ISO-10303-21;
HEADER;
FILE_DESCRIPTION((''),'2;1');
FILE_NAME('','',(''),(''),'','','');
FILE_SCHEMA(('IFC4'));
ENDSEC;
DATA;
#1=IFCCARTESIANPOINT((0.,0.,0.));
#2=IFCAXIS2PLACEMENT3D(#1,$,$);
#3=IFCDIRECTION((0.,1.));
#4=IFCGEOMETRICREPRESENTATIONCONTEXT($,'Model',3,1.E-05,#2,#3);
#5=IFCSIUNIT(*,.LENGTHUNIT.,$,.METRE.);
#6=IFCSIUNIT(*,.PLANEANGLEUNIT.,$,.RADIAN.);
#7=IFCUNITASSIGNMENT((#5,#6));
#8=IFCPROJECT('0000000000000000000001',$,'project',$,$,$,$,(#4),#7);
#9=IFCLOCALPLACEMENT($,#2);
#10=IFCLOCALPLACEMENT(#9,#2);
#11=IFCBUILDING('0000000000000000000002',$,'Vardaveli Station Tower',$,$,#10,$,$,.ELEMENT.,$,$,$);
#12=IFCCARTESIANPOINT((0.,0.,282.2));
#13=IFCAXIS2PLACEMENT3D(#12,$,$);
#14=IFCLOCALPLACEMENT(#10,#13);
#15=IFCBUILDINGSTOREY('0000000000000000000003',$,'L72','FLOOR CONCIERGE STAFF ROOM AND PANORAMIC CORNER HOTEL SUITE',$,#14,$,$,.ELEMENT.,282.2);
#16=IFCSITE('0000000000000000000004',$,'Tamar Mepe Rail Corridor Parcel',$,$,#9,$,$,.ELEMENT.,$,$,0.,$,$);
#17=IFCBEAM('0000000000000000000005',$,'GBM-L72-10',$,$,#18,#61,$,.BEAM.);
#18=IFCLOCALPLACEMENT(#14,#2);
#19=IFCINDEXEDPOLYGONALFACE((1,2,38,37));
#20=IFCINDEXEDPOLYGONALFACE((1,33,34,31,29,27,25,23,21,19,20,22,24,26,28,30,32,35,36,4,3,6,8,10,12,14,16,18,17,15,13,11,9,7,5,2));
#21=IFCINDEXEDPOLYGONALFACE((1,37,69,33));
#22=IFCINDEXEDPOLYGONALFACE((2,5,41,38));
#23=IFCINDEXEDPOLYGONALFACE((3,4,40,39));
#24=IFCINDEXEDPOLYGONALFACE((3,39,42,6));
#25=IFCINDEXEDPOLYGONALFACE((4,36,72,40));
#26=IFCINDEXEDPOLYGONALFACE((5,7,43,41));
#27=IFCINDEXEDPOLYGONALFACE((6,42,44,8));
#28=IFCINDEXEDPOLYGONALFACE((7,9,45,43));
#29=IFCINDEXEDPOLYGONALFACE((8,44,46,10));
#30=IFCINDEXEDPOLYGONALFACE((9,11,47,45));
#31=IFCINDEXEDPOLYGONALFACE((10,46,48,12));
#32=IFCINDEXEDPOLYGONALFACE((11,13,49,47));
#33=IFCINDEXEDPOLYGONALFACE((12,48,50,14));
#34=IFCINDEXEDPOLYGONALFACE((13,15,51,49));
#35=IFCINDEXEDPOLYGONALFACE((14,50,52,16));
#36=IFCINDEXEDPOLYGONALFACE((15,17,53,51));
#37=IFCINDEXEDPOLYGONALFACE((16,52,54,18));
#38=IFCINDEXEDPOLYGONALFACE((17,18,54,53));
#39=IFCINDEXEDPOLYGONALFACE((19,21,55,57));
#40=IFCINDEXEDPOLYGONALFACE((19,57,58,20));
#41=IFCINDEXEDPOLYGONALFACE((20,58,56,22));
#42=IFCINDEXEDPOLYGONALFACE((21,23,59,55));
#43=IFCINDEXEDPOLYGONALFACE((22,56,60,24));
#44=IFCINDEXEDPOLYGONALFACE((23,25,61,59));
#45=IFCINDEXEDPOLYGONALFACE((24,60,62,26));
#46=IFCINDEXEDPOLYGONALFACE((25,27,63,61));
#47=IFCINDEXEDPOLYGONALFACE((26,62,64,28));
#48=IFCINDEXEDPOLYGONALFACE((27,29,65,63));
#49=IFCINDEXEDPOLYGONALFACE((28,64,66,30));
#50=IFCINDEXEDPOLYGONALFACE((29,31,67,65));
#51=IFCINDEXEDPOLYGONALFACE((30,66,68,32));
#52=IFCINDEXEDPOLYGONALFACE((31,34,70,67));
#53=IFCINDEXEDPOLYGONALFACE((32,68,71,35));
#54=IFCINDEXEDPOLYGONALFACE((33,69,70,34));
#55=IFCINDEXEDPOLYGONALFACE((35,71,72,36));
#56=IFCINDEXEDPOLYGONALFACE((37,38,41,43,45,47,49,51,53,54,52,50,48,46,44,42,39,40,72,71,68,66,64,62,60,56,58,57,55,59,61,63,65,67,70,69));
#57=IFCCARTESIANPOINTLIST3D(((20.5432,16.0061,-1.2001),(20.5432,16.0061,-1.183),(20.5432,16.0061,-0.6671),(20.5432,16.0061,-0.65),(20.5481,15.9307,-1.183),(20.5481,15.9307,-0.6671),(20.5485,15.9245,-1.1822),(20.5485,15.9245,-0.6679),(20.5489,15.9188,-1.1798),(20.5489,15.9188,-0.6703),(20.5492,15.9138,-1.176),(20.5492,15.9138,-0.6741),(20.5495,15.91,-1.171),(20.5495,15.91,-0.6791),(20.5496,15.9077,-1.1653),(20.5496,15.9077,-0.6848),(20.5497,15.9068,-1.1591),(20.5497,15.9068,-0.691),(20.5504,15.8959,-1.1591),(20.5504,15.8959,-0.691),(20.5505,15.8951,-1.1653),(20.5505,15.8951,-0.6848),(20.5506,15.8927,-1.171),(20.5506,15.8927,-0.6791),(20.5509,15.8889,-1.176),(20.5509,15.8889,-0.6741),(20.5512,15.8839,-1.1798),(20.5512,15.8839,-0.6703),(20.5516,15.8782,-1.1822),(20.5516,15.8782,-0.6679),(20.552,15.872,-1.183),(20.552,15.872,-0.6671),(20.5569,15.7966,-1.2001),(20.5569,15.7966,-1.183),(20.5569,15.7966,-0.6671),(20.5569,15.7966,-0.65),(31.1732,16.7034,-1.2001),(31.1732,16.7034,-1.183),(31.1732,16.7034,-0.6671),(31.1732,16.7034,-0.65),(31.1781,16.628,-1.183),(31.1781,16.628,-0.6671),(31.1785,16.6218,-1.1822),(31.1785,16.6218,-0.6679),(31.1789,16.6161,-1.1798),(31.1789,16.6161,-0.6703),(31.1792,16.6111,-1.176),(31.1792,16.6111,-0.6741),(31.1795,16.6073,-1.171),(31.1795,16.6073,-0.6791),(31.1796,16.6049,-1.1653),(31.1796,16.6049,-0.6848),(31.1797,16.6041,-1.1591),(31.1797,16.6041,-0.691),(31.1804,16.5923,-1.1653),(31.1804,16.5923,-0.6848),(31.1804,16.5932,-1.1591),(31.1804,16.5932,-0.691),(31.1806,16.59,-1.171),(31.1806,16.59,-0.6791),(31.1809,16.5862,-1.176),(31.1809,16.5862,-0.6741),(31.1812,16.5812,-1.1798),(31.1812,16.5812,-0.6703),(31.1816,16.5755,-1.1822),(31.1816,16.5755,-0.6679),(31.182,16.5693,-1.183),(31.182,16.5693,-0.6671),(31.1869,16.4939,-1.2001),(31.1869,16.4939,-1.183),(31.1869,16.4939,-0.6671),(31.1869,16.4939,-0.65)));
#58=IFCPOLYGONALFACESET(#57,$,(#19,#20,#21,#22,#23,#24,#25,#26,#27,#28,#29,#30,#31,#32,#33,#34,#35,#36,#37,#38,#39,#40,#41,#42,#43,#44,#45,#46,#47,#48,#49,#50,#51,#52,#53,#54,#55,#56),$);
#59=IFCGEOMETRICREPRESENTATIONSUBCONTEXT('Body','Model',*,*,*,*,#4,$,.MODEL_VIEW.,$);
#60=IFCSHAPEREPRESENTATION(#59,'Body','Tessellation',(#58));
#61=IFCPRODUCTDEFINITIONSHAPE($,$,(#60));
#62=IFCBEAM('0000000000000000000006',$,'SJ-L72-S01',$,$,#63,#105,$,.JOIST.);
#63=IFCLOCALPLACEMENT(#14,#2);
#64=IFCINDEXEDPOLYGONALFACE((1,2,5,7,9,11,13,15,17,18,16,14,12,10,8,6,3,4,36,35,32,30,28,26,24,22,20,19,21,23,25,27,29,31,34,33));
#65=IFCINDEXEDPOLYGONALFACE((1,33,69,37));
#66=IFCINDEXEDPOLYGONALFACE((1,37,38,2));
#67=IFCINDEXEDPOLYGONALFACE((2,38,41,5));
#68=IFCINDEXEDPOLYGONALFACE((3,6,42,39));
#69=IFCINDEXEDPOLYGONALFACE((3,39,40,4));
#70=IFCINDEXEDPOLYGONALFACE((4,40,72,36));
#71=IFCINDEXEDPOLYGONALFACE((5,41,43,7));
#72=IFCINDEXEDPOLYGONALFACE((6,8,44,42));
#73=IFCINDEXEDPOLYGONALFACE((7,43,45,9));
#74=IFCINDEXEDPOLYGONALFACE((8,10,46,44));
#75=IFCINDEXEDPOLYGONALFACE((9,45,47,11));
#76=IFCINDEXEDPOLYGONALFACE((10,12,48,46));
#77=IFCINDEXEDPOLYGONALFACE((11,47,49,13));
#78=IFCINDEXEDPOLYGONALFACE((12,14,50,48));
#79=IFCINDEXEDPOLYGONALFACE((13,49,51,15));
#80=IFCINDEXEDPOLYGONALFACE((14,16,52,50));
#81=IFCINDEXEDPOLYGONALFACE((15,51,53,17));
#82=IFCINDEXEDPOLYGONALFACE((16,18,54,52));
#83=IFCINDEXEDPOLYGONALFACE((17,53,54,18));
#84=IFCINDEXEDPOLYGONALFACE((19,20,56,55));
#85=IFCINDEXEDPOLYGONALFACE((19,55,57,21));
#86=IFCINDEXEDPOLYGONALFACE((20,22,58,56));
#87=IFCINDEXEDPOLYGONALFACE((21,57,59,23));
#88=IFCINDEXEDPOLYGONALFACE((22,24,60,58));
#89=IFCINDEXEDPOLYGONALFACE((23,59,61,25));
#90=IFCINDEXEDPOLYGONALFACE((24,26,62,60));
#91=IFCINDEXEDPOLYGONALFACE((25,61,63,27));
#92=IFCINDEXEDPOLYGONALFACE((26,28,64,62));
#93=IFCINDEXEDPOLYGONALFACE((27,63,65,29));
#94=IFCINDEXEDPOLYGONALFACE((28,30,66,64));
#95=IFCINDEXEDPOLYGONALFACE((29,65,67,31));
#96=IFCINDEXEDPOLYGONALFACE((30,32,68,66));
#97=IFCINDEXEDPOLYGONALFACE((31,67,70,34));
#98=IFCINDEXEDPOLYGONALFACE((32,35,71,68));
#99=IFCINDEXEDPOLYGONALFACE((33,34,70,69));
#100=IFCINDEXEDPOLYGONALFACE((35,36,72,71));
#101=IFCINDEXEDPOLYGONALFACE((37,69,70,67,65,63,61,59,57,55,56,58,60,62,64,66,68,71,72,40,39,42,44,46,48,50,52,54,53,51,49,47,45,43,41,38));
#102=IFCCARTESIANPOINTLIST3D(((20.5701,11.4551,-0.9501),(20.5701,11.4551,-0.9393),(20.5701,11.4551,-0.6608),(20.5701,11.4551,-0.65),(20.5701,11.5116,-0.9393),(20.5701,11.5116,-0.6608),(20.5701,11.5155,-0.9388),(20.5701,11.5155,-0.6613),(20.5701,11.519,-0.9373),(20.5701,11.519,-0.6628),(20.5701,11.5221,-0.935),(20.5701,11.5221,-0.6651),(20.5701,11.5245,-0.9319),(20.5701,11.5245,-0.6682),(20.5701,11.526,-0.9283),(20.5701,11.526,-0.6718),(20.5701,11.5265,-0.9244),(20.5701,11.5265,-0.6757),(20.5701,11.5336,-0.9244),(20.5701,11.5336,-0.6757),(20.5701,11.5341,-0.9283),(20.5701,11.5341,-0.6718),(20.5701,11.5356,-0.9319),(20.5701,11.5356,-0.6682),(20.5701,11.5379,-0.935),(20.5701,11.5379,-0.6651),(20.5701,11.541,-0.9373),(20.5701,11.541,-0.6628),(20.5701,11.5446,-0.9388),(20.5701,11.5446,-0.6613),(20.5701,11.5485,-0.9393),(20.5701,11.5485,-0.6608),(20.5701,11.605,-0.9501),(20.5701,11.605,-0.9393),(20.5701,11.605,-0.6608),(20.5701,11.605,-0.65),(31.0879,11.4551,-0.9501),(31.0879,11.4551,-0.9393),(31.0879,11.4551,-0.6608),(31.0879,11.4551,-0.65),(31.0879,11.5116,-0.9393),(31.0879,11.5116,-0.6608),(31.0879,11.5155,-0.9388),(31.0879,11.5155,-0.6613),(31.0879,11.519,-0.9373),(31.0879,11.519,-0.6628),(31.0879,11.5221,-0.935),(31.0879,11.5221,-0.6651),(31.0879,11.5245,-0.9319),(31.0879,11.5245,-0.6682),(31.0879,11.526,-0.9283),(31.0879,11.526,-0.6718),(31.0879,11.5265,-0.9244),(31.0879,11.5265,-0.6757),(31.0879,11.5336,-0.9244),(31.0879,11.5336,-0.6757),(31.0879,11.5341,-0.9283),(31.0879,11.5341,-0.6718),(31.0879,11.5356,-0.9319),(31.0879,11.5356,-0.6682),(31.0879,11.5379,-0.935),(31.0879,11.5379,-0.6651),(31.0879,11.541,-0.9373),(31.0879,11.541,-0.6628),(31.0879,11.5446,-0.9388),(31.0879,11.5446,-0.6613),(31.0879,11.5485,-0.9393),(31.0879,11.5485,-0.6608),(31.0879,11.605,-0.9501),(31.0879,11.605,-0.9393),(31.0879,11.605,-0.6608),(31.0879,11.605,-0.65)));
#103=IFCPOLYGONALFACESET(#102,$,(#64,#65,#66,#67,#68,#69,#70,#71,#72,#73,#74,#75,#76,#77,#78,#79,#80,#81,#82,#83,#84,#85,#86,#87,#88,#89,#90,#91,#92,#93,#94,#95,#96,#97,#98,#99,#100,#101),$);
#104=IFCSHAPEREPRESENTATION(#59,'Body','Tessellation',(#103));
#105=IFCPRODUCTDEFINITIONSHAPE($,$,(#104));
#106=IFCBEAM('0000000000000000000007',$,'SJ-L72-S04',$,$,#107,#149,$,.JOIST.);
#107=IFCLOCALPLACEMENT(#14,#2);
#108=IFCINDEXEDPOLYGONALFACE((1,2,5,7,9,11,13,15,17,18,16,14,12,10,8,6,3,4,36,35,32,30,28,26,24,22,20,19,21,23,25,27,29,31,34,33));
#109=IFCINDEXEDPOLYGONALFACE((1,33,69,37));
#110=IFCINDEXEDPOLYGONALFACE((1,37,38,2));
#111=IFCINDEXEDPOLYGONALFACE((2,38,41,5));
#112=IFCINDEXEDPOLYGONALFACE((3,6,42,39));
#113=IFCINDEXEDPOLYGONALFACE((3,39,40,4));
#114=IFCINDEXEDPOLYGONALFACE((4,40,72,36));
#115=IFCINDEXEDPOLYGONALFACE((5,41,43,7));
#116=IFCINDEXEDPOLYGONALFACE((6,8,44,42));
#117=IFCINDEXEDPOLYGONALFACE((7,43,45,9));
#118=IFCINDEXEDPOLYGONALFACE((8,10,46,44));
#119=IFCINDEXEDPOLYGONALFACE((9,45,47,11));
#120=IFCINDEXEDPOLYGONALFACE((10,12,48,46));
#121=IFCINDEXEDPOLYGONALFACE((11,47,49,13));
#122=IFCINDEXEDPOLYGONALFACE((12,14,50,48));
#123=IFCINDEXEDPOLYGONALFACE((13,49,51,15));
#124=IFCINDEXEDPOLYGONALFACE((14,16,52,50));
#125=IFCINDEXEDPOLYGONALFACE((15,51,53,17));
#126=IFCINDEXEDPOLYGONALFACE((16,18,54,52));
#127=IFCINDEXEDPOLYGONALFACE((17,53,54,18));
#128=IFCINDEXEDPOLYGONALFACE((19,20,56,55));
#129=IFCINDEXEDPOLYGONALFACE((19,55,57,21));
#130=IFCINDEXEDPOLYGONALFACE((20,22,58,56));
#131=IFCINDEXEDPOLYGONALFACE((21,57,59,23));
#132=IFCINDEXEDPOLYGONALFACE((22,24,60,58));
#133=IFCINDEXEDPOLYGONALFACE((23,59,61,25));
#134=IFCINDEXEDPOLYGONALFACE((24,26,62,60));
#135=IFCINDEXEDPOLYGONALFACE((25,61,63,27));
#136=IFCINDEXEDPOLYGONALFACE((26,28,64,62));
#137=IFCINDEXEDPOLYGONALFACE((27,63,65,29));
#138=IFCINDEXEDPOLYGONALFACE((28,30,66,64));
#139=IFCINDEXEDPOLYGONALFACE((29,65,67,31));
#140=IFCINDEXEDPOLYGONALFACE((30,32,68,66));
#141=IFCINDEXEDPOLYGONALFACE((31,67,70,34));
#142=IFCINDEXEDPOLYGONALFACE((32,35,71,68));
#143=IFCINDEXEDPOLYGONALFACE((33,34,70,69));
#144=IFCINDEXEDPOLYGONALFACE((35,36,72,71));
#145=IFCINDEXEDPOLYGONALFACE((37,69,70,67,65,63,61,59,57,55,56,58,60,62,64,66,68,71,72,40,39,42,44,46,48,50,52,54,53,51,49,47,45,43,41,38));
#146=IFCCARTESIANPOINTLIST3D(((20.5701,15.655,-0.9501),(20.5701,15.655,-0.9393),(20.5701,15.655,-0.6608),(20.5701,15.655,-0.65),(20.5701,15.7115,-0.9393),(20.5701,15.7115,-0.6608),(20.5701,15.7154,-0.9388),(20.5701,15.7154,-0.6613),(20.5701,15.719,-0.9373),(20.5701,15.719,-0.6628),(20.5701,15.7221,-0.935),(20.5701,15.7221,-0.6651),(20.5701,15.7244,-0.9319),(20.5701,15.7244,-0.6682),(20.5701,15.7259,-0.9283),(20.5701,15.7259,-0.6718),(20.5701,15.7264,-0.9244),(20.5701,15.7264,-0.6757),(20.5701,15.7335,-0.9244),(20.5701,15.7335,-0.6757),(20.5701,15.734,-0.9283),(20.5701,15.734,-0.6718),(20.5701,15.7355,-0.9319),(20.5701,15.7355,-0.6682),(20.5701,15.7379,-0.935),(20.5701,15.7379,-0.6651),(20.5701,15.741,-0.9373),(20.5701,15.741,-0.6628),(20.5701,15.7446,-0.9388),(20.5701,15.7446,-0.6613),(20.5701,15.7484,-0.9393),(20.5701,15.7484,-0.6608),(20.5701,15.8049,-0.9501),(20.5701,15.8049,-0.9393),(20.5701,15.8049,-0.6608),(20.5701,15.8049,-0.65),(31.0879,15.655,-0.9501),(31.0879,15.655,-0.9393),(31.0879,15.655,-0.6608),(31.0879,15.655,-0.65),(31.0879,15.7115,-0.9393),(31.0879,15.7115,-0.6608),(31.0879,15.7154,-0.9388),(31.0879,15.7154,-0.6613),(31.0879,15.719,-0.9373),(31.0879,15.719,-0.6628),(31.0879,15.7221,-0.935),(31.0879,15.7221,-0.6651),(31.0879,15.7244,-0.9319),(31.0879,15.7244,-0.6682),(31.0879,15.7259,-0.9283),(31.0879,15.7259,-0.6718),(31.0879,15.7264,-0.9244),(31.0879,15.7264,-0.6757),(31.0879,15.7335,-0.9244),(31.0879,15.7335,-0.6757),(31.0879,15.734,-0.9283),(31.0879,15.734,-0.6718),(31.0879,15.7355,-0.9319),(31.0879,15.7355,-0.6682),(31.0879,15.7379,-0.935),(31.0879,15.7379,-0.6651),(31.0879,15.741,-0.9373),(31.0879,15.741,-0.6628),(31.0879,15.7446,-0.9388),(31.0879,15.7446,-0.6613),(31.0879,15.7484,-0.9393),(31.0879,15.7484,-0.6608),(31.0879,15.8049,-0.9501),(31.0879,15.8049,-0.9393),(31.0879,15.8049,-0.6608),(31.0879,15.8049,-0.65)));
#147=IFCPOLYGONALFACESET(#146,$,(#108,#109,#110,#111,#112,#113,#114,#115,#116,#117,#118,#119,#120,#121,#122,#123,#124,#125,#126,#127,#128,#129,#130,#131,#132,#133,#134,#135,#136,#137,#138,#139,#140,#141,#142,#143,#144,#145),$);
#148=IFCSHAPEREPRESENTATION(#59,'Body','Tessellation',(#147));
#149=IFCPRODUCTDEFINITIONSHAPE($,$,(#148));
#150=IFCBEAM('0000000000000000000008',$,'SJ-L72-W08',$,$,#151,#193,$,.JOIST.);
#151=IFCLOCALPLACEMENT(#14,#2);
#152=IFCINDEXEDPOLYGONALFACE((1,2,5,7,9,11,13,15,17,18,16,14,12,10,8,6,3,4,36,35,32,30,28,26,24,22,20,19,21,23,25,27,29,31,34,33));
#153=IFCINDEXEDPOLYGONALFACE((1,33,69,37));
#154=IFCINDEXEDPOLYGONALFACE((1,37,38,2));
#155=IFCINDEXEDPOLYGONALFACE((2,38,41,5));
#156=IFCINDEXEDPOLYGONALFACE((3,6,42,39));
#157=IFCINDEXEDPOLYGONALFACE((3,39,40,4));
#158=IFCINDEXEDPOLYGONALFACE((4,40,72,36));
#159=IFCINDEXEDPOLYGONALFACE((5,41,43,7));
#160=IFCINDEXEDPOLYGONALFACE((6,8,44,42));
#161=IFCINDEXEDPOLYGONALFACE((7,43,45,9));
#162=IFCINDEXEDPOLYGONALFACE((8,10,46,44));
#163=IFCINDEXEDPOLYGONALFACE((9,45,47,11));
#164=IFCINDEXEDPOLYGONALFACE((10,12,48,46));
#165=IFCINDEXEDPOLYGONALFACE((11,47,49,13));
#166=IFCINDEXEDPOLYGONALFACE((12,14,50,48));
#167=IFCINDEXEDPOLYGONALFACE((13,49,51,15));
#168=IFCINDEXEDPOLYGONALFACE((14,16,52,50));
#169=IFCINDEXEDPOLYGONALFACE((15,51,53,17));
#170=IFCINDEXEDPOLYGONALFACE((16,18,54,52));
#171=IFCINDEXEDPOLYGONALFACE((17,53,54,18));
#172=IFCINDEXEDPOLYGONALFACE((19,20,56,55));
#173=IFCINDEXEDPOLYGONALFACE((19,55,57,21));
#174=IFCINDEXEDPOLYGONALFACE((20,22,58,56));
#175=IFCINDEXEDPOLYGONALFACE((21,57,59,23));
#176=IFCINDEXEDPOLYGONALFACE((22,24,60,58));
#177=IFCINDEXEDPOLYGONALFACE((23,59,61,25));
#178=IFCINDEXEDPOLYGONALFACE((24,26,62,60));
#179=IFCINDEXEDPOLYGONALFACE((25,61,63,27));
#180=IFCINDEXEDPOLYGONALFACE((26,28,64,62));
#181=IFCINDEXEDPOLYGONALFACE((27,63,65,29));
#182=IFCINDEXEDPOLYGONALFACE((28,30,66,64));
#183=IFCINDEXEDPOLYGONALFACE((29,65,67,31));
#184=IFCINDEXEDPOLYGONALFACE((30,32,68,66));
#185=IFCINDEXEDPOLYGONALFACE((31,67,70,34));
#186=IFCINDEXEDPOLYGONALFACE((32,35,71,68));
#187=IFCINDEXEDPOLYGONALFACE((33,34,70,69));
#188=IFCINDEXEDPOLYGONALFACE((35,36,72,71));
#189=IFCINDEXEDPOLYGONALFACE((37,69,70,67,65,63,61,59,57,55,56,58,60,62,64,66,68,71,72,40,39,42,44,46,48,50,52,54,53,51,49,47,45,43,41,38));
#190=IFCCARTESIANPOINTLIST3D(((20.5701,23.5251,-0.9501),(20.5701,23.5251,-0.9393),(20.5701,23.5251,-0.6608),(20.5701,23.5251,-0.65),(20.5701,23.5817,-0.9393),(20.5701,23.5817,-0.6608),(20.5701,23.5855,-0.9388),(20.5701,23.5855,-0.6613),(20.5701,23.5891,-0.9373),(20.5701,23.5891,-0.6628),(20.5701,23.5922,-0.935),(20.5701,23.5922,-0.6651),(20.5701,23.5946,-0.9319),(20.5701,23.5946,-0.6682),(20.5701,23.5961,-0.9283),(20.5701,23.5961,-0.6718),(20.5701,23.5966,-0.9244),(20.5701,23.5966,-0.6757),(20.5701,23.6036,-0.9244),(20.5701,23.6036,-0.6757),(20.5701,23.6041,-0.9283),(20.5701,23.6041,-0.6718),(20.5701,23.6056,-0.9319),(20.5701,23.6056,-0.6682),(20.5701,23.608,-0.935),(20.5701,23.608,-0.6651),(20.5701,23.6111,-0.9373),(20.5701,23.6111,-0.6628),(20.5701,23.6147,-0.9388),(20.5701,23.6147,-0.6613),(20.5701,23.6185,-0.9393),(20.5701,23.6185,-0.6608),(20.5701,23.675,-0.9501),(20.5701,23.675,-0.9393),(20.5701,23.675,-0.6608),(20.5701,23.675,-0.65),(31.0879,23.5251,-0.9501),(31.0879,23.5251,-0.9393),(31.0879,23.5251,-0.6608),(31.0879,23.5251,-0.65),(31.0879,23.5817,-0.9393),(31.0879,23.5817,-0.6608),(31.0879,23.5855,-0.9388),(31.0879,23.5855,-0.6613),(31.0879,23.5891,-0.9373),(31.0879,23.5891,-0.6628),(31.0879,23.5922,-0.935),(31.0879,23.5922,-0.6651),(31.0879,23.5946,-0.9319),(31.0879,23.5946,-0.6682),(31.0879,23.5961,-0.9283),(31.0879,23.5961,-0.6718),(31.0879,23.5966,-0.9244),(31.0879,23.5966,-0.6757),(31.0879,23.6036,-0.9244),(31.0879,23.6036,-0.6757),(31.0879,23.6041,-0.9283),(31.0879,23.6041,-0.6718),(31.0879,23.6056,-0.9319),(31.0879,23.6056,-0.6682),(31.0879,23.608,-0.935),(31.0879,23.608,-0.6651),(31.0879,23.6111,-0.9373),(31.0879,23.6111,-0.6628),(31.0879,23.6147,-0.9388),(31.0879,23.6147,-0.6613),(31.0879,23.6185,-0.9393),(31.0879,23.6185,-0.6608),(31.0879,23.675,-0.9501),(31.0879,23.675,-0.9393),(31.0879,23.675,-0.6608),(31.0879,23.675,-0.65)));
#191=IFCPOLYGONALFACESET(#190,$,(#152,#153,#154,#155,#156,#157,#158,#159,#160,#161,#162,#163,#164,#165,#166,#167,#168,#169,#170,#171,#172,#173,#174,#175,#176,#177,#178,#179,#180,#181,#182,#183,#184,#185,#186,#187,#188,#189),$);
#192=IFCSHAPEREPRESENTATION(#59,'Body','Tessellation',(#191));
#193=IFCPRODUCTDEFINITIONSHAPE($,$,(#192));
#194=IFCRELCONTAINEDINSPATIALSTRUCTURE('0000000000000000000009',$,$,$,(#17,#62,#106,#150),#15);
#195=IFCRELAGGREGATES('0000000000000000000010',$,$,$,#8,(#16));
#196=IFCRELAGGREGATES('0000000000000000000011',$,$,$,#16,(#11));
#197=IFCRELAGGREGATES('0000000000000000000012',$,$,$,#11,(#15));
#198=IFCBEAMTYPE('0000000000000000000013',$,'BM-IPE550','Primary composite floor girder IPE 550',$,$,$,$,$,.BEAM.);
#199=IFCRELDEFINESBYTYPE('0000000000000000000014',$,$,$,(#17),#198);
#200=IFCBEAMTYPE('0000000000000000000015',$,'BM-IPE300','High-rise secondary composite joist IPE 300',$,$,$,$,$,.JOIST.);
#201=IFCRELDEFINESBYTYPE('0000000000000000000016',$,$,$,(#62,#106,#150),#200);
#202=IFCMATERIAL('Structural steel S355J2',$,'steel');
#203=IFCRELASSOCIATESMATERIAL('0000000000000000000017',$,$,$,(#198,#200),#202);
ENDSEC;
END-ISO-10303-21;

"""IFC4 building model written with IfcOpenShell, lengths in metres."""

from ifc_helpers import new_model, si_unit, direction, frame, origin, origin_2d, place, context, subcontext, project, spatial, i_section, extrude, source, transform, mapped, material, material_profile, profile_set, type_object, element, save


model = new_model("IFC4")

# Units and contexts
model_context = context("Model", 3, precision=1e-05, world=origin(), true_north=direction((0.0, 1.0)))
body_context = subcontext(model_context, "Body", "Model", "MODEL_VIEW")
ifc_project = project(units=[si_unit("LENGTHUNIT", "METRE"), si_unit("PLANEANGLEUNIT", "RADIAN")], contexts=[model_context])

# Site, building, storey
site_placement = place(None, origin())
site = spatial("IfcSite", under=ifc_project, at=site_placement, Name="Tamar Mepe Rail Corridor Parcel", CompositionType="ELEMENT", RefElevation=0.0)
building_placement = place(site_placement, origin())
building = spatial("IfcBuilding", under=site, at=building_placement, Name="Vardaveli Station Tower", CompositionType="ELEMENT")
storey_placement = place(building_placement, frame((0.0, 0.0, 282.2)))
storey = spatial("IfcBuildingStorey", under=building, at=storey_placement, Name="L72", Description="FLOOR CONCIERGE STAFF ROOM AND PANORAMIC CORNER HOTEL SUITE", CompositionType="ELEMENT", Elevation=282.2)

# Beams
ifc_material_1 = material(Name="Structural steel S355J2", Category="steel")
ifc_material_profile_1 = material_profile(ifc_material_1, i_section(OverallWidth=0.21, OverallDepth=0.55, WebThickness=0.011, FlangeThickness=0.0171, FilletRadius=0.0239, at=origin_2d()), Name="IPE 550")
ifc_profile_set_1 = profile_set([ifc_material_profile_1], Name="Structural steel S355J2")
beam_type_1 = type_object("IfcBeamType", Name="BM-IPE550", Description="Primary composite floor girder IPE 550", PredefinedType="BEAM", material=ifc_profile_set_1)
shared_shape_1 = source(origin(), body_context, "Body", "SweptSolid", [
    extrude(i_section(OverallWidth=0.21, OverallDepth=0.55, WebThickness=0.011, FlangeThickness=0.0171, FilletRadius=0.0239, at=origin_2d()), origin(), (0.0, 0.0, 1.0), 10.6528),
])
beam_1_placement = place(storey_placement, frame((20.55, 15.9014, -0.925), z_axis=(0.997856, 0.065454, 0.0), x_axis=(-0.065454, 0.997856, 0.0)))
element("IfcBeam", 1, at=beam_1_placement, inside=storey, type_object=beam_type_1, Name="GBM-L72-10", PredefinedType="BEAM", context=body_context, shape_type="MappedRepresentation", body=[
    mapped(shared_shape_1, transform((0.0, 0.0, 0.0), scale=1.0)),
])
ifc_material_profile_2 = material_profile(ifc_material_1, i_section(OverallWidth=0.1499, OverallDepth=0.3, WebThickness=0.0071, FlangeThickness=0.0107, FilletRadius=0.0149, at=origin_2d()), Name="IPE 300")
ifc_profile_set_2 = profile_set([ifc_material_profile_2], Name="Structural steel S355J2")
beam_type_2 = type_object("IfcBeamType", Name="BM-IPE300", Description="High-rise secondary composite joist IPE 300", PredefinedType="JOIST", material=ifc_profile_set_2)
shared_shape_2 = source(origin(), body_context, "Body", "SweptSolid", [
    extrude(i_section(OverallWidth=0.1499, OverallDepth=0.3, WebThickness=0.0071, FlangeThickness=0.0107, FilletRadius=0.0149, at=origin_2d()), origin(), (0.0, 0.0, 1.0), 10.5178),
])
for number, where, z_axis, x_axis, name in (
    (2, (20.5701, 11.53, -0.8), (1.0, 0.0, 0.0), (0.0, 1.0, 0.0), "SJ-L72-S01"),
    (3, (20.5701, 15.73, -0.8), (1.0, 0.0, 0.0), (0.0, 1.0, 0.0), "SJ-L72-S04"),
    (4, (20.5701, 23.6001, -0.8), (1.0, 0.0, 0.0), (0.0, 1.0, 0.0), "SJ-L72-W08"),
):
    element("IfcBeam", number, at=place(storey_placement, frame(where, z_axis=z_axis, x_axis=x_axis)), inside=storey, type_object=beam_type_2, Name=name, PredefinedType="JOIST", context=body_context, shape_type="MappedRepresentation", body=[
        mapped(shared_shape_2, transform((0.0, 0.0, 0.0), scale=1.0)),
    ])

save(model, "model.ifc")
